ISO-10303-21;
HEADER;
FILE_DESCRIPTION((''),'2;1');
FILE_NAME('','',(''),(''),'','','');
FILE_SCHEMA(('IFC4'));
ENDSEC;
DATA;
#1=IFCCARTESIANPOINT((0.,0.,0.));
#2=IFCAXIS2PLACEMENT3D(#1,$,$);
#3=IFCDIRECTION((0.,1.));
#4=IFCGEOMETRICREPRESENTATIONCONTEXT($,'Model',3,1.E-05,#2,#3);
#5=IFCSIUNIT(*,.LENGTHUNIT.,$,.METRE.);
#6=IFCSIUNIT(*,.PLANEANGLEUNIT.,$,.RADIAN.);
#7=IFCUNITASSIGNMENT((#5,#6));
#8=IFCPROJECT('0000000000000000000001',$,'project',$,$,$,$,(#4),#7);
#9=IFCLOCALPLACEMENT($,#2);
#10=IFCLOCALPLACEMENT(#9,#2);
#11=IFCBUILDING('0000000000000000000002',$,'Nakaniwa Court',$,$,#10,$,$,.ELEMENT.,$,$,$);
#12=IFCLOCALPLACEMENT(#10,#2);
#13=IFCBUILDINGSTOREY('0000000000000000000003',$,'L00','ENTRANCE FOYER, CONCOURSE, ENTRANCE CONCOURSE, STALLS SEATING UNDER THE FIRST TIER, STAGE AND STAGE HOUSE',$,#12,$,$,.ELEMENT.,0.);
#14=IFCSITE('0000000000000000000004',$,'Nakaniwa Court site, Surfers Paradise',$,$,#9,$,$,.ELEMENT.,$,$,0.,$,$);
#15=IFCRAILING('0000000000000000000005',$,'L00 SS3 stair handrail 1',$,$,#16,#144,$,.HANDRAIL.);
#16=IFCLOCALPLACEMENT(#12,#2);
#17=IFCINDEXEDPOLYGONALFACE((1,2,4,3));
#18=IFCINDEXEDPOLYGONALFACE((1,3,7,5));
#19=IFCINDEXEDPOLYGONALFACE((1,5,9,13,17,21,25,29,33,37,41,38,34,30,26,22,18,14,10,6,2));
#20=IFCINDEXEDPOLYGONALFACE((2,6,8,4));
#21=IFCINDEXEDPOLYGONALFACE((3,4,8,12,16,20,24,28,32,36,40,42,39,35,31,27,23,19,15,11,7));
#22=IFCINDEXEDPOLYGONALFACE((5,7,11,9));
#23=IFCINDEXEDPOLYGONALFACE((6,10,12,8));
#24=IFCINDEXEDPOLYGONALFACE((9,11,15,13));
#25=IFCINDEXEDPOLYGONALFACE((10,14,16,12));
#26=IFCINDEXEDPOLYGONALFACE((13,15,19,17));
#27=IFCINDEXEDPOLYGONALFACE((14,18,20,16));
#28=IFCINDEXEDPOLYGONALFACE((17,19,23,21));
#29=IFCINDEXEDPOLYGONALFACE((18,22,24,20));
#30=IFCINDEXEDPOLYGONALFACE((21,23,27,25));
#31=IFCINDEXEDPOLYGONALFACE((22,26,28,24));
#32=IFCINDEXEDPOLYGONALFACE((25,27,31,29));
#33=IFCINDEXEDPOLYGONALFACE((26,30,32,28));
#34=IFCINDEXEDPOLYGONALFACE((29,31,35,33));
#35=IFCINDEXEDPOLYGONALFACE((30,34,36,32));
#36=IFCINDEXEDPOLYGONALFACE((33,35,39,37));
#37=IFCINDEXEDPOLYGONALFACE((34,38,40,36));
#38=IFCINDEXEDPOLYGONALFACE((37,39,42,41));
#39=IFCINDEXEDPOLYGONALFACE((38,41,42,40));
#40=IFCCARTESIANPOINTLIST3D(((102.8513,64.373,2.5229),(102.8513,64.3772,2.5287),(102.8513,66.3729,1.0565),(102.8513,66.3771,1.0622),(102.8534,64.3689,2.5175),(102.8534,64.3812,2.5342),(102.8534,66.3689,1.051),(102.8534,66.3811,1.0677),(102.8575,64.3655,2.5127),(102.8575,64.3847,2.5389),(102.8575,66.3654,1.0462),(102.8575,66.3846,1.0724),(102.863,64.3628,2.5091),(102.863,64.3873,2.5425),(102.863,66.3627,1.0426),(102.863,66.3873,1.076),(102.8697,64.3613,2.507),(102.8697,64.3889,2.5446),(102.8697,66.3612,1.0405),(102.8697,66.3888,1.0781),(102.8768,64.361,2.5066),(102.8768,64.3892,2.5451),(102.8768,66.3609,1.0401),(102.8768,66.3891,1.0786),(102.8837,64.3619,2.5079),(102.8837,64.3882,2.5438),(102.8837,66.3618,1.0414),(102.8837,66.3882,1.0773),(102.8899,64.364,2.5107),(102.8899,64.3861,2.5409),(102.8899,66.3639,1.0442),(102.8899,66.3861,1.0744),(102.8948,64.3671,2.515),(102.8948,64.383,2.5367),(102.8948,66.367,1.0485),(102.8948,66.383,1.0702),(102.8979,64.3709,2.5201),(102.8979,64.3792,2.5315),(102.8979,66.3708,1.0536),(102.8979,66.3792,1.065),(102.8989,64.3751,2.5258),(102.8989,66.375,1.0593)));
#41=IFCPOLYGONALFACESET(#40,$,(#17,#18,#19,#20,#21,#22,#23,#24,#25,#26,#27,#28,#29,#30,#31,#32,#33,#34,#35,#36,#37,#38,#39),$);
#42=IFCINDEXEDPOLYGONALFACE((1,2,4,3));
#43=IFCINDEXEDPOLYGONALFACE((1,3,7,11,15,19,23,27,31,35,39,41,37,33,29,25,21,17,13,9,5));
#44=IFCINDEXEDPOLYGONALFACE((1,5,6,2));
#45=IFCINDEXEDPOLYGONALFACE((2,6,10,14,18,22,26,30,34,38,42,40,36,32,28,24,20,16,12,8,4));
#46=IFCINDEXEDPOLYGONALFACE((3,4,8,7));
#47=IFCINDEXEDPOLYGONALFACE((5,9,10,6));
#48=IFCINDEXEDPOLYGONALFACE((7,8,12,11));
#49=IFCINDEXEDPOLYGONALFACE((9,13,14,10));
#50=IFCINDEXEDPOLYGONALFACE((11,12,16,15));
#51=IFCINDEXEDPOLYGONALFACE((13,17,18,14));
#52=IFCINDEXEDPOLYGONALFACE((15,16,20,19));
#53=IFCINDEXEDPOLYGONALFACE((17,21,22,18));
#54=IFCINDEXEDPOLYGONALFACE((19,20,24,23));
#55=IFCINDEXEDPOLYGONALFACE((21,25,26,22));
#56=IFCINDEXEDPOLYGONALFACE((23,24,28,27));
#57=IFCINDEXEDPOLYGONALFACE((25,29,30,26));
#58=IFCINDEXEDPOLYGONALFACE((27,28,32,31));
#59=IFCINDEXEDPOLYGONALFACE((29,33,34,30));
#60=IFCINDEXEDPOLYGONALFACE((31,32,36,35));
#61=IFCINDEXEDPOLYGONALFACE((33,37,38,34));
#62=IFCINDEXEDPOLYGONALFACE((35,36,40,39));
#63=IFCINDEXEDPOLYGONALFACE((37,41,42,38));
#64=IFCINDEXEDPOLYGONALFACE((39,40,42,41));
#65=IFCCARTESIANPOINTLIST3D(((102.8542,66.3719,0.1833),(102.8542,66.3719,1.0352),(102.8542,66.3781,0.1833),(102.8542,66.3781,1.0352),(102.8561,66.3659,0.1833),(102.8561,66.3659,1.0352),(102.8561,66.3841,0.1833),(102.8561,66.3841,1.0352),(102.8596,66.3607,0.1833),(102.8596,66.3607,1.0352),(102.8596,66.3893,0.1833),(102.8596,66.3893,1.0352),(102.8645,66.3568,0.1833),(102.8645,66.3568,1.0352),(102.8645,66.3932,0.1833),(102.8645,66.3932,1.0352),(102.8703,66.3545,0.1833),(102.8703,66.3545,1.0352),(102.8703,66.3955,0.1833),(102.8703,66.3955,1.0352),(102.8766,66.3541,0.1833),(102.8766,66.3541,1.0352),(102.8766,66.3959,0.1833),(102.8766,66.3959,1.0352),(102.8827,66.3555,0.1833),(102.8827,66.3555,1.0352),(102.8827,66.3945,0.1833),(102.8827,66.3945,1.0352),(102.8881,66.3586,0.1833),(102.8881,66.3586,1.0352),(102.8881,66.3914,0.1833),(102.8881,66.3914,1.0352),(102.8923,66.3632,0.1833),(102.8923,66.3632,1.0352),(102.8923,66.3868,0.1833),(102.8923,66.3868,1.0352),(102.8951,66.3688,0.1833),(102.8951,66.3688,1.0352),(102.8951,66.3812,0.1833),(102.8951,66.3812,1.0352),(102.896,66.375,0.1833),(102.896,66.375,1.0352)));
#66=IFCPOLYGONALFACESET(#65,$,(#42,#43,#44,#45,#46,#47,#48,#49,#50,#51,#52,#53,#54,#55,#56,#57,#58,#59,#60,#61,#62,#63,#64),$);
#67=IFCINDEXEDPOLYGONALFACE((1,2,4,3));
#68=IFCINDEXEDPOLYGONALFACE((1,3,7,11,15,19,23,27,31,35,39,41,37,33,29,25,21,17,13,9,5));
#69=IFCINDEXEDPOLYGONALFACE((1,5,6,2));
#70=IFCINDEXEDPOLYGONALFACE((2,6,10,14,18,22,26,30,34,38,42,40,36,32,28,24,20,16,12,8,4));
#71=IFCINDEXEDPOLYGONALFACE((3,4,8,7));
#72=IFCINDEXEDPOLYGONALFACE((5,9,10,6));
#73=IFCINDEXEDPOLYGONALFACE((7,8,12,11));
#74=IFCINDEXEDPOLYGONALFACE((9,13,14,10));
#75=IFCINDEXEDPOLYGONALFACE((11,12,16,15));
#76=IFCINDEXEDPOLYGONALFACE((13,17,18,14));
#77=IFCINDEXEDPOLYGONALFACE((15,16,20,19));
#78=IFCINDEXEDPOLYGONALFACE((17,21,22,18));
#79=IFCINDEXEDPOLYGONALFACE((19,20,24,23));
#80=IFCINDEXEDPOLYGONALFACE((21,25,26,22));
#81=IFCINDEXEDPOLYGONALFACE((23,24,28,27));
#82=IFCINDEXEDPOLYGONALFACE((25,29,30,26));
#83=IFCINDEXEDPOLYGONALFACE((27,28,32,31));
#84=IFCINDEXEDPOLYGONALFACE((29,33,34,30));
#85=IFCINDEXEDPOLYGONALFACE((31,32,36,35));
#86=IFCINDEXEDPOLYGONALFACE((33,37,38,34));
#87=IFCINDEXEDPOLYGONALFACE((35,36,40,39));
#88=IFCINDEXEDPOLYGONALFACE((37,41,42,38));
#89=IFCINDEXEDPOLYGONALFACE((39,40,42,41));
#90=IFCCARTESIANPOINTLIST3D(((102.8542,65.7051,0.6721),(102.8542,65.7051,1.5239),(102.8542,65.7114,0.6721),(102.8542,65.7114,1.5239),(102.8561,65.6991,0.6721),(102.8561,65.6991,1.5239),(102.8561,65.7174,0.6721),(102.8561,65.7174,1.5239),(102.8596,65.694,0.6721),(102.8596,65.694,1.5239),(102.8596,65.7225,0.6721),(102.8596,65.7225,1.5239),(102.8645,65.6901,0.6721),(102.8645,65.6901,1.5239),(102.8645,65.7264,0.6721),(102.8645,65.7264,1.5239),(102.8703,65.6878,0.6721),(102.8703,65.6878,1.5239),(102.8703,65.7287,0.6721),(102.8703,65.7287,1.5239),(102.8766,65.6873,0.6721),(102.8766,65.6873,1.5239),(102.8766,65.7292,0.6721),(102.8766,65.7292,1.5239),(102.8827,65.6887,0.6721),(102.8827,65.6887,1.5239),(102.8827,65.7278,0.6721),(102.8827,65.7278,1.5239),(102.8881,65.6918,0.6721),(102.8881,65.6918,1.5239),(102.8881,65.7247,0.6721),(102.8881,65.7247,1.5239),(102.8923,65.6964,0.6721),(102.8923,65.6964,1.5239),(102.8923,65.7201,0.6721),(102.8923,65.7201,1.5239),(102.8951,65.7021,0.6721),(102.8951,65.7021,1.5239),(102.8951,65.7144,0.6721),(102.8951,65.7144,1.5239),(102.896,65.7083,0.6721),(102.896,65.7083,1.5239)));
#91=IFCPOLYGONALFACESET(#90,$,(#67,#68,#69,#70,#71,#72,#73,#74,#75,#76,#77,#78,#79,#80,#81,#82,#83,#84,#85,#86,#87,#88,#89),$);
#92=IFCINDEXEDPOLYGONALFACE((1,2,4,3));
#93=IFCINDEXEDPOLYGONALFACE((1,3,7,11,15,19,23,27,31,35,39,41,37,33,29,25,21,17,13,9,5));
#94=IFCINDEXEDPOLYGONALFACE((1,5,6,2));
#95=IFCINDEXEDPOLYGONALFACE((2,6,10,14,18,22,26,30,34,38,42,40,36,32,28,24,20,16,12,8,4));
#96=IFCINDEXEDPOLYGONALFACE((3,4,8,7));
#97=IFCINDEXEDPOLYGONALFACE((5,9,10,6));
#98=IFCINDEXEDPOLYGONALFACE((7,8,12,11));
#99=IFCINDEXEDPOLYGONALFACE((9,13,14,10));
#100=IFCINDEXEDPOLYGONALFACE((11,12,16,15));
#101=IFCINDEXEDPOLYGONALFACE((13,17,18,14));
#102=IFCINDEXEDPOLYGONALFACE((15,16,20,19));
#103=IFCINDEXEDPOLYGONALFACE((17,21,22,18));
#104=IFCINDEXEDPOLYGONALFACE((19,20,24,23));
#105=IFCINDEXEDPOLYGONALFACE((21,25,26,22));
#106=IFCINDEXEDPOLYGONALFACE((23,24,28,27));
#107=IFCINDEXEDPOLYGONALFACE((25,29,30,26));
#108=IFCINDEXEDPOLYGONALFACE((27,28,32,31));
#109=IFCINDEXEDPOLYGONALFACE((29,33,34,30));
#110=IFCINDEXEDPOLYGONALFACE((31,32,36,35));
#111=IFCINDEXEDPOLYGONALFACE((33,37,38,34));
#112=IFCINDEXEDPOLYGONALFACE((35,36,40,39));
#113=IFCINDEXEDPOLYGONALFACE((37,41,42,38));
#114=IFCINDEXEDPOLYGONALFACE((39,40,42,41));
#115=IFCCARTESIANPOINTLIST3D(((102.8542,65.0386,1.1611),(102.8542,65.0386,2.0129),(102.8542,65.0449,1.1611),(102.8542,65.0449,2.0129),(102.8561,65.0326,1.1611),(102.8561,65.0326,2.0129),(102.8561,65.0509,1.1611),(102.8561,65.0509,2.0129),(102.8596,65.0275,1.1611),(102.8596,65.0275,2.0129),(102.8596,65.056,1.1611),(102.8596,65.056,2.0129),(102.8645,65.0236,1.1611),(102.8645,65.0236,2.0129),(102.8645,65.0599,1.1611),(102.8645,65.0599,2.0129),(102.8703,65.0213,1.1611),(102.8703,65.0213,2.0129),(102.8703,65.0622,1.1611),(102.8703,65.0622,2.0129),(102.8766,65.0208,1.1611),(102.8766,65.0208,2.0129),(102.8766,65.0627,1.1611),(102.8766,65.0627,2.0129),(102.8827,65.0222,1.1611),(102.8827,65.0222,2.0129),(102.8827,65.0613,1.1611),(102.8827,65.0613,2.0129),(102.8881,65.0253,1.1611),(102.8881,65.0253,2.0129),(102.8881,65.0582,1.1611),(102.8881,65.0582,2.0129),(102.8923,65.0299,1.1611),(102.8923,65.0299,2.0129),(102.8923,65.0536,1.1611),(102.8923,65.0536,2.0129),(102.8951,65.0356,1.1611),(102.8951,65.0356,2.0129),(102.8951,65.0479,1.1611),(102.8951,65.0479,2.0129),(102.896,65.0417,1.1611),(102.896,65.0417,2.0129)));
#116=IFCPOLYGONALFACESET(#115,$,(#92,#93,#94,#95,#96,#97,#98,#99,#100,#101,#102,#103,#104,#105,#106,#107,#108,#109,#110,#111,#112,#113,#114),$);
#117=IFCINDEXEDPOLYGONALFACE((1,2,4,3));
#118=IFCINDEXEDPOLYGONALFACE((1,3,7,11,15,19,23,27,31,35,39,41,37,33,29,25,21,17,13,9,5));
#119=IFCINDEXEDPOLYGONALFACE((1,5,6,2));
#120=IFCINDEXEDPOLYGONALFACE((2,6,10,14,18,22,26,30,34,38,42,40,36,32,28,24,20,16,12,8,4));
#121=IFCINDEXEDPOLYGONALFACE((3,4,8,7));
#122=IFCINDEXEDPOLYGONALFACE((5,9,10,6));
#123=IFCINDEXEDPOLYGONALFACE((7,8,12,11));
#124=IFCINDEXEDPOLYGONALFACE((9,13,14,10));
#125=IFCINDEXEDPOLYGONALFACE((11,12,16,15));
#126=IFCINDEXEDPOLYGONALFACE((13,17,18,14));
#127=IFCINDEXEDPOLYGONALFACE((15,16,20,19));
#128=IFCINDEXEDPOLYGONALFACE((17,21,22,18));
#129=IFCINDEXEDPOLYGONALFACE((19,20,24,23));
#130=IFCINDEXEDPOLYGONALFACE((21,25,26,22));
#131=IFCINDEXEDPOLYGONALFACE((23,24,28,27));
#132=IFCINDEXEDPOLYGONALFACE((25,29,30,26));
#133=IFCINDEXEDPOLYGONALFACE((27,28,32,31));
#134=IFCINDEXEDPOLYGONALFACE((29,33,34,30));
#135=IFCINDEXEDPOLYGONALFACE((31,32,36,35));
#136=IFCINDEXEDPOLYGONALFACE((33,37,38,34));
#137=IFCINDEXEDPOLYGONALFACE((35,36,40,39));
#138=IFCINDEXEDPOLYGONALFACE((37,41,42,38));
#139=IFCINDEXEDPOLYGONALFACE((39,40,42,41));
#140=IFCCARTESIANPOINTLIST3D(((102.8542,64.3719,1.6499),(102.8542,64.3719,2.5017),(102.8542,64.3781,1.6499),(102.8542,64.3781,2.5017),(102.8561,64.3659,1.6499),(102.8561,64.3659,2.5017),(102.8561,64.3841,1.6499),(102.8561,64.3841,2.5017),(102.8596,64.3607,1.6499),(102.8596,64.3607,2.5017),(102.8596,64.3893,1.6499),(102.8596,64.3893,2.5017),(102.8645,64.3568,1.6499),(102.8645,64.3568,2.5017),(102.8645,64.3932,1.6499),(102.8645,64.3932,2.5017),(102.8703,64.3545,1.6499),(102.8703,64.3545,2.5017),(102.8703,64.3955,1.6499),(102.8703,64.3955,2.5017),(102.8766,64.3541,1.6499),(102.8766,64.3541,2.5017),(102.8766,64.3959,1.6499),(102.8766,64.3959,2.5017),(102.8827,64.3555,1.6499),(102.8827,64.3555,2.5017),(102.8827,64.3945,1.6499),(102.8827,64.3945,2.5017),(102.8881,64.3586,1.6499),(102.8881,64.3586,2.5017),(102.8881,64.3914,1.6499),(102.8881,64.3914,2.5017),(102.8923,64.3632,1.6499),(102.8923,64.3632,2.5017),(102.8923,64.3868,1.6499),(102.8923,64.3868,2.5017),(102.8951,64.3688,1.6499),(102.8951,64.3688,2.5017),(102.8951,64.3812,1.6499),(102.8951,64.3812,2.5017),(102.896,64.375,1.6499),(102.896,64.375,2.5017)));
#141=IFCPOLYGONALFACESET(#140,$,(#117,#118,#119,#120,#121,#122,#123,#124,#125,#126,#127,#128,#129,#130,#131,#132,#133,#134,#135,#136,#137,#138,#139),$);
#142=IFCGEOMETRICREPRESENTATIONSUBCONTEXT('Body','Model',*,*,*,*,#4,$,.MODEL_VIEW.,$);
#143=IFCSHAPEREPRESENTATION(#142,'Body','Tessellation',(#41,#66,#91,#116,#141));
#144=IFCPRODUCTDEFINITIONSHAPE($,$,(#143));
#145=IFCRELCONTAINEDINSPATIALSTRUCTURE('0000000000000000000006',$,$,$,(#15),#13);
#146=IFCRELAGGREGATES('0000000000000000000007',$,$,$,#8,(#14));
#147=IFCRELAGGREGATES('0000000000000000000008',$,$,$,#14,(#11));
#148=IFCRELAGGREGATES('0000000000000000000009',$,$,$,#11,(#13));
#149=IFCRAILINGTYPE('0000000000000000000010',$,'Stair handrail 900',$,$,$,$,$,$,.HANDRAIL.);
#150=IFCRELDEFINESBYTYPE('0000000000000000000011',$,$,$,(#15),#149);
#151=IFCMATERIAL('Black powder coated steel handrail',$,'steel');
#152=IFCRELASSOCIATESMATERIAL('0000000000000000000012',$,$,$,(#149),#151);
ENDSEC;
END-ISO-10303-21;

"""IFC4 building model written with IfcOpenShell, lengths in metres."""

from ifc_helpers import new_model, si_unit, direction, frame, origin, origin_2d, place, context, subcontext, project, spatial, circle, extrude, material, type_object, element, save


model = new_model("IFC4")

# Units and contexts
model_context = context("Model", 3, precision=1e-05, world=origin(), true_north=direction((0.0, 1.0)))
body_context = subcontext(model_context, "Body", "Model", "MODEL_VIEW")
ifc_project = project(units=[si_unit("LENGTHUNIT", "METRE"), si_unit("PLANEANGLEUNIT", "RADIAN")], contexts=[model_context])

# Site, building, storey
site_placement = place(None, origin())
site = spatial("IfcSite", under=ifc_project, at=site_placement, Name="Nakaniwa Court site, Surfers Paradise", CompositionType="ELEMENT", RefElevation=0.0)
building_placement = place(site_placement, origin())
building = spatial("IfcBuilding", under=site, at=building_placement, Name="Nakaniwa Court", CompositionType="ELEMENT")
storey_placement = place(building_placement, origin())
storey = spatial("IfcBuildingStorey", under=building, at=storey_placement, Name="L00", Description="ENTRANCE FOYER, CONCOURSE, ENTRANCE CONCOURSE, STALLS SEATING UNDER THE FIRST TIER, STAGE AND STAGE HOUSE", CompositionType="ELEMENT", Elevation=0.0)

# Railing
ifc_material_1 = material(Name="Black powder coated steel handrail", Category="steel")
railing_type_1 = type_object("IfcRailingType", Name="Stair handrail 900", PredefinedType="HANDRAIL", material=ifc_material_1)
for number, where, name in (
    (1, (102.875, 66.375, 0.1833), "L00 SS3 stair handrail 1"),
):
    element("IfcRailing", number, at=place(storey_placement, frame(where)), inside=storey, type_object=railing_type_1, Name=name, PredefinedType="HANDRAIL", context=body_context, shape_type="SweptSolid", body=[
        extrude(circle(Radius=0.0239, at=origin_2d()), frame((0.0, 0.0, 0.876), z_axis=(0.0, -0.806427, 0.591334), x_axis=(1.0, 0.0, 0.0)), (0.0, 0.0, 1.0), 2.48),
        extrude(circle(Radius=0.021, at=origin_2d()), origin(), (0.0, 0.0, 1.0), 0.8518),
        extrude(circle(Radius=0.021, at=origin_2d()), frame((0.0, -0.6667, 0.4888)), (0.0, 0.0, 1.0), 0.8518),
        extrude(circle(Radius=0.021, at=origin_2d()), frame((0.0, -1.3333, 0.9778)), (0.0, 0.0, 1.0), 0.8518),
        extrude(circle(Radius=0.021, at=origin_2d()), frame((0.0, -2.0, 1.4666)), (0.0, 0.0, 1.0), 0.8518),
    ])

save(model, "model.ifc")
